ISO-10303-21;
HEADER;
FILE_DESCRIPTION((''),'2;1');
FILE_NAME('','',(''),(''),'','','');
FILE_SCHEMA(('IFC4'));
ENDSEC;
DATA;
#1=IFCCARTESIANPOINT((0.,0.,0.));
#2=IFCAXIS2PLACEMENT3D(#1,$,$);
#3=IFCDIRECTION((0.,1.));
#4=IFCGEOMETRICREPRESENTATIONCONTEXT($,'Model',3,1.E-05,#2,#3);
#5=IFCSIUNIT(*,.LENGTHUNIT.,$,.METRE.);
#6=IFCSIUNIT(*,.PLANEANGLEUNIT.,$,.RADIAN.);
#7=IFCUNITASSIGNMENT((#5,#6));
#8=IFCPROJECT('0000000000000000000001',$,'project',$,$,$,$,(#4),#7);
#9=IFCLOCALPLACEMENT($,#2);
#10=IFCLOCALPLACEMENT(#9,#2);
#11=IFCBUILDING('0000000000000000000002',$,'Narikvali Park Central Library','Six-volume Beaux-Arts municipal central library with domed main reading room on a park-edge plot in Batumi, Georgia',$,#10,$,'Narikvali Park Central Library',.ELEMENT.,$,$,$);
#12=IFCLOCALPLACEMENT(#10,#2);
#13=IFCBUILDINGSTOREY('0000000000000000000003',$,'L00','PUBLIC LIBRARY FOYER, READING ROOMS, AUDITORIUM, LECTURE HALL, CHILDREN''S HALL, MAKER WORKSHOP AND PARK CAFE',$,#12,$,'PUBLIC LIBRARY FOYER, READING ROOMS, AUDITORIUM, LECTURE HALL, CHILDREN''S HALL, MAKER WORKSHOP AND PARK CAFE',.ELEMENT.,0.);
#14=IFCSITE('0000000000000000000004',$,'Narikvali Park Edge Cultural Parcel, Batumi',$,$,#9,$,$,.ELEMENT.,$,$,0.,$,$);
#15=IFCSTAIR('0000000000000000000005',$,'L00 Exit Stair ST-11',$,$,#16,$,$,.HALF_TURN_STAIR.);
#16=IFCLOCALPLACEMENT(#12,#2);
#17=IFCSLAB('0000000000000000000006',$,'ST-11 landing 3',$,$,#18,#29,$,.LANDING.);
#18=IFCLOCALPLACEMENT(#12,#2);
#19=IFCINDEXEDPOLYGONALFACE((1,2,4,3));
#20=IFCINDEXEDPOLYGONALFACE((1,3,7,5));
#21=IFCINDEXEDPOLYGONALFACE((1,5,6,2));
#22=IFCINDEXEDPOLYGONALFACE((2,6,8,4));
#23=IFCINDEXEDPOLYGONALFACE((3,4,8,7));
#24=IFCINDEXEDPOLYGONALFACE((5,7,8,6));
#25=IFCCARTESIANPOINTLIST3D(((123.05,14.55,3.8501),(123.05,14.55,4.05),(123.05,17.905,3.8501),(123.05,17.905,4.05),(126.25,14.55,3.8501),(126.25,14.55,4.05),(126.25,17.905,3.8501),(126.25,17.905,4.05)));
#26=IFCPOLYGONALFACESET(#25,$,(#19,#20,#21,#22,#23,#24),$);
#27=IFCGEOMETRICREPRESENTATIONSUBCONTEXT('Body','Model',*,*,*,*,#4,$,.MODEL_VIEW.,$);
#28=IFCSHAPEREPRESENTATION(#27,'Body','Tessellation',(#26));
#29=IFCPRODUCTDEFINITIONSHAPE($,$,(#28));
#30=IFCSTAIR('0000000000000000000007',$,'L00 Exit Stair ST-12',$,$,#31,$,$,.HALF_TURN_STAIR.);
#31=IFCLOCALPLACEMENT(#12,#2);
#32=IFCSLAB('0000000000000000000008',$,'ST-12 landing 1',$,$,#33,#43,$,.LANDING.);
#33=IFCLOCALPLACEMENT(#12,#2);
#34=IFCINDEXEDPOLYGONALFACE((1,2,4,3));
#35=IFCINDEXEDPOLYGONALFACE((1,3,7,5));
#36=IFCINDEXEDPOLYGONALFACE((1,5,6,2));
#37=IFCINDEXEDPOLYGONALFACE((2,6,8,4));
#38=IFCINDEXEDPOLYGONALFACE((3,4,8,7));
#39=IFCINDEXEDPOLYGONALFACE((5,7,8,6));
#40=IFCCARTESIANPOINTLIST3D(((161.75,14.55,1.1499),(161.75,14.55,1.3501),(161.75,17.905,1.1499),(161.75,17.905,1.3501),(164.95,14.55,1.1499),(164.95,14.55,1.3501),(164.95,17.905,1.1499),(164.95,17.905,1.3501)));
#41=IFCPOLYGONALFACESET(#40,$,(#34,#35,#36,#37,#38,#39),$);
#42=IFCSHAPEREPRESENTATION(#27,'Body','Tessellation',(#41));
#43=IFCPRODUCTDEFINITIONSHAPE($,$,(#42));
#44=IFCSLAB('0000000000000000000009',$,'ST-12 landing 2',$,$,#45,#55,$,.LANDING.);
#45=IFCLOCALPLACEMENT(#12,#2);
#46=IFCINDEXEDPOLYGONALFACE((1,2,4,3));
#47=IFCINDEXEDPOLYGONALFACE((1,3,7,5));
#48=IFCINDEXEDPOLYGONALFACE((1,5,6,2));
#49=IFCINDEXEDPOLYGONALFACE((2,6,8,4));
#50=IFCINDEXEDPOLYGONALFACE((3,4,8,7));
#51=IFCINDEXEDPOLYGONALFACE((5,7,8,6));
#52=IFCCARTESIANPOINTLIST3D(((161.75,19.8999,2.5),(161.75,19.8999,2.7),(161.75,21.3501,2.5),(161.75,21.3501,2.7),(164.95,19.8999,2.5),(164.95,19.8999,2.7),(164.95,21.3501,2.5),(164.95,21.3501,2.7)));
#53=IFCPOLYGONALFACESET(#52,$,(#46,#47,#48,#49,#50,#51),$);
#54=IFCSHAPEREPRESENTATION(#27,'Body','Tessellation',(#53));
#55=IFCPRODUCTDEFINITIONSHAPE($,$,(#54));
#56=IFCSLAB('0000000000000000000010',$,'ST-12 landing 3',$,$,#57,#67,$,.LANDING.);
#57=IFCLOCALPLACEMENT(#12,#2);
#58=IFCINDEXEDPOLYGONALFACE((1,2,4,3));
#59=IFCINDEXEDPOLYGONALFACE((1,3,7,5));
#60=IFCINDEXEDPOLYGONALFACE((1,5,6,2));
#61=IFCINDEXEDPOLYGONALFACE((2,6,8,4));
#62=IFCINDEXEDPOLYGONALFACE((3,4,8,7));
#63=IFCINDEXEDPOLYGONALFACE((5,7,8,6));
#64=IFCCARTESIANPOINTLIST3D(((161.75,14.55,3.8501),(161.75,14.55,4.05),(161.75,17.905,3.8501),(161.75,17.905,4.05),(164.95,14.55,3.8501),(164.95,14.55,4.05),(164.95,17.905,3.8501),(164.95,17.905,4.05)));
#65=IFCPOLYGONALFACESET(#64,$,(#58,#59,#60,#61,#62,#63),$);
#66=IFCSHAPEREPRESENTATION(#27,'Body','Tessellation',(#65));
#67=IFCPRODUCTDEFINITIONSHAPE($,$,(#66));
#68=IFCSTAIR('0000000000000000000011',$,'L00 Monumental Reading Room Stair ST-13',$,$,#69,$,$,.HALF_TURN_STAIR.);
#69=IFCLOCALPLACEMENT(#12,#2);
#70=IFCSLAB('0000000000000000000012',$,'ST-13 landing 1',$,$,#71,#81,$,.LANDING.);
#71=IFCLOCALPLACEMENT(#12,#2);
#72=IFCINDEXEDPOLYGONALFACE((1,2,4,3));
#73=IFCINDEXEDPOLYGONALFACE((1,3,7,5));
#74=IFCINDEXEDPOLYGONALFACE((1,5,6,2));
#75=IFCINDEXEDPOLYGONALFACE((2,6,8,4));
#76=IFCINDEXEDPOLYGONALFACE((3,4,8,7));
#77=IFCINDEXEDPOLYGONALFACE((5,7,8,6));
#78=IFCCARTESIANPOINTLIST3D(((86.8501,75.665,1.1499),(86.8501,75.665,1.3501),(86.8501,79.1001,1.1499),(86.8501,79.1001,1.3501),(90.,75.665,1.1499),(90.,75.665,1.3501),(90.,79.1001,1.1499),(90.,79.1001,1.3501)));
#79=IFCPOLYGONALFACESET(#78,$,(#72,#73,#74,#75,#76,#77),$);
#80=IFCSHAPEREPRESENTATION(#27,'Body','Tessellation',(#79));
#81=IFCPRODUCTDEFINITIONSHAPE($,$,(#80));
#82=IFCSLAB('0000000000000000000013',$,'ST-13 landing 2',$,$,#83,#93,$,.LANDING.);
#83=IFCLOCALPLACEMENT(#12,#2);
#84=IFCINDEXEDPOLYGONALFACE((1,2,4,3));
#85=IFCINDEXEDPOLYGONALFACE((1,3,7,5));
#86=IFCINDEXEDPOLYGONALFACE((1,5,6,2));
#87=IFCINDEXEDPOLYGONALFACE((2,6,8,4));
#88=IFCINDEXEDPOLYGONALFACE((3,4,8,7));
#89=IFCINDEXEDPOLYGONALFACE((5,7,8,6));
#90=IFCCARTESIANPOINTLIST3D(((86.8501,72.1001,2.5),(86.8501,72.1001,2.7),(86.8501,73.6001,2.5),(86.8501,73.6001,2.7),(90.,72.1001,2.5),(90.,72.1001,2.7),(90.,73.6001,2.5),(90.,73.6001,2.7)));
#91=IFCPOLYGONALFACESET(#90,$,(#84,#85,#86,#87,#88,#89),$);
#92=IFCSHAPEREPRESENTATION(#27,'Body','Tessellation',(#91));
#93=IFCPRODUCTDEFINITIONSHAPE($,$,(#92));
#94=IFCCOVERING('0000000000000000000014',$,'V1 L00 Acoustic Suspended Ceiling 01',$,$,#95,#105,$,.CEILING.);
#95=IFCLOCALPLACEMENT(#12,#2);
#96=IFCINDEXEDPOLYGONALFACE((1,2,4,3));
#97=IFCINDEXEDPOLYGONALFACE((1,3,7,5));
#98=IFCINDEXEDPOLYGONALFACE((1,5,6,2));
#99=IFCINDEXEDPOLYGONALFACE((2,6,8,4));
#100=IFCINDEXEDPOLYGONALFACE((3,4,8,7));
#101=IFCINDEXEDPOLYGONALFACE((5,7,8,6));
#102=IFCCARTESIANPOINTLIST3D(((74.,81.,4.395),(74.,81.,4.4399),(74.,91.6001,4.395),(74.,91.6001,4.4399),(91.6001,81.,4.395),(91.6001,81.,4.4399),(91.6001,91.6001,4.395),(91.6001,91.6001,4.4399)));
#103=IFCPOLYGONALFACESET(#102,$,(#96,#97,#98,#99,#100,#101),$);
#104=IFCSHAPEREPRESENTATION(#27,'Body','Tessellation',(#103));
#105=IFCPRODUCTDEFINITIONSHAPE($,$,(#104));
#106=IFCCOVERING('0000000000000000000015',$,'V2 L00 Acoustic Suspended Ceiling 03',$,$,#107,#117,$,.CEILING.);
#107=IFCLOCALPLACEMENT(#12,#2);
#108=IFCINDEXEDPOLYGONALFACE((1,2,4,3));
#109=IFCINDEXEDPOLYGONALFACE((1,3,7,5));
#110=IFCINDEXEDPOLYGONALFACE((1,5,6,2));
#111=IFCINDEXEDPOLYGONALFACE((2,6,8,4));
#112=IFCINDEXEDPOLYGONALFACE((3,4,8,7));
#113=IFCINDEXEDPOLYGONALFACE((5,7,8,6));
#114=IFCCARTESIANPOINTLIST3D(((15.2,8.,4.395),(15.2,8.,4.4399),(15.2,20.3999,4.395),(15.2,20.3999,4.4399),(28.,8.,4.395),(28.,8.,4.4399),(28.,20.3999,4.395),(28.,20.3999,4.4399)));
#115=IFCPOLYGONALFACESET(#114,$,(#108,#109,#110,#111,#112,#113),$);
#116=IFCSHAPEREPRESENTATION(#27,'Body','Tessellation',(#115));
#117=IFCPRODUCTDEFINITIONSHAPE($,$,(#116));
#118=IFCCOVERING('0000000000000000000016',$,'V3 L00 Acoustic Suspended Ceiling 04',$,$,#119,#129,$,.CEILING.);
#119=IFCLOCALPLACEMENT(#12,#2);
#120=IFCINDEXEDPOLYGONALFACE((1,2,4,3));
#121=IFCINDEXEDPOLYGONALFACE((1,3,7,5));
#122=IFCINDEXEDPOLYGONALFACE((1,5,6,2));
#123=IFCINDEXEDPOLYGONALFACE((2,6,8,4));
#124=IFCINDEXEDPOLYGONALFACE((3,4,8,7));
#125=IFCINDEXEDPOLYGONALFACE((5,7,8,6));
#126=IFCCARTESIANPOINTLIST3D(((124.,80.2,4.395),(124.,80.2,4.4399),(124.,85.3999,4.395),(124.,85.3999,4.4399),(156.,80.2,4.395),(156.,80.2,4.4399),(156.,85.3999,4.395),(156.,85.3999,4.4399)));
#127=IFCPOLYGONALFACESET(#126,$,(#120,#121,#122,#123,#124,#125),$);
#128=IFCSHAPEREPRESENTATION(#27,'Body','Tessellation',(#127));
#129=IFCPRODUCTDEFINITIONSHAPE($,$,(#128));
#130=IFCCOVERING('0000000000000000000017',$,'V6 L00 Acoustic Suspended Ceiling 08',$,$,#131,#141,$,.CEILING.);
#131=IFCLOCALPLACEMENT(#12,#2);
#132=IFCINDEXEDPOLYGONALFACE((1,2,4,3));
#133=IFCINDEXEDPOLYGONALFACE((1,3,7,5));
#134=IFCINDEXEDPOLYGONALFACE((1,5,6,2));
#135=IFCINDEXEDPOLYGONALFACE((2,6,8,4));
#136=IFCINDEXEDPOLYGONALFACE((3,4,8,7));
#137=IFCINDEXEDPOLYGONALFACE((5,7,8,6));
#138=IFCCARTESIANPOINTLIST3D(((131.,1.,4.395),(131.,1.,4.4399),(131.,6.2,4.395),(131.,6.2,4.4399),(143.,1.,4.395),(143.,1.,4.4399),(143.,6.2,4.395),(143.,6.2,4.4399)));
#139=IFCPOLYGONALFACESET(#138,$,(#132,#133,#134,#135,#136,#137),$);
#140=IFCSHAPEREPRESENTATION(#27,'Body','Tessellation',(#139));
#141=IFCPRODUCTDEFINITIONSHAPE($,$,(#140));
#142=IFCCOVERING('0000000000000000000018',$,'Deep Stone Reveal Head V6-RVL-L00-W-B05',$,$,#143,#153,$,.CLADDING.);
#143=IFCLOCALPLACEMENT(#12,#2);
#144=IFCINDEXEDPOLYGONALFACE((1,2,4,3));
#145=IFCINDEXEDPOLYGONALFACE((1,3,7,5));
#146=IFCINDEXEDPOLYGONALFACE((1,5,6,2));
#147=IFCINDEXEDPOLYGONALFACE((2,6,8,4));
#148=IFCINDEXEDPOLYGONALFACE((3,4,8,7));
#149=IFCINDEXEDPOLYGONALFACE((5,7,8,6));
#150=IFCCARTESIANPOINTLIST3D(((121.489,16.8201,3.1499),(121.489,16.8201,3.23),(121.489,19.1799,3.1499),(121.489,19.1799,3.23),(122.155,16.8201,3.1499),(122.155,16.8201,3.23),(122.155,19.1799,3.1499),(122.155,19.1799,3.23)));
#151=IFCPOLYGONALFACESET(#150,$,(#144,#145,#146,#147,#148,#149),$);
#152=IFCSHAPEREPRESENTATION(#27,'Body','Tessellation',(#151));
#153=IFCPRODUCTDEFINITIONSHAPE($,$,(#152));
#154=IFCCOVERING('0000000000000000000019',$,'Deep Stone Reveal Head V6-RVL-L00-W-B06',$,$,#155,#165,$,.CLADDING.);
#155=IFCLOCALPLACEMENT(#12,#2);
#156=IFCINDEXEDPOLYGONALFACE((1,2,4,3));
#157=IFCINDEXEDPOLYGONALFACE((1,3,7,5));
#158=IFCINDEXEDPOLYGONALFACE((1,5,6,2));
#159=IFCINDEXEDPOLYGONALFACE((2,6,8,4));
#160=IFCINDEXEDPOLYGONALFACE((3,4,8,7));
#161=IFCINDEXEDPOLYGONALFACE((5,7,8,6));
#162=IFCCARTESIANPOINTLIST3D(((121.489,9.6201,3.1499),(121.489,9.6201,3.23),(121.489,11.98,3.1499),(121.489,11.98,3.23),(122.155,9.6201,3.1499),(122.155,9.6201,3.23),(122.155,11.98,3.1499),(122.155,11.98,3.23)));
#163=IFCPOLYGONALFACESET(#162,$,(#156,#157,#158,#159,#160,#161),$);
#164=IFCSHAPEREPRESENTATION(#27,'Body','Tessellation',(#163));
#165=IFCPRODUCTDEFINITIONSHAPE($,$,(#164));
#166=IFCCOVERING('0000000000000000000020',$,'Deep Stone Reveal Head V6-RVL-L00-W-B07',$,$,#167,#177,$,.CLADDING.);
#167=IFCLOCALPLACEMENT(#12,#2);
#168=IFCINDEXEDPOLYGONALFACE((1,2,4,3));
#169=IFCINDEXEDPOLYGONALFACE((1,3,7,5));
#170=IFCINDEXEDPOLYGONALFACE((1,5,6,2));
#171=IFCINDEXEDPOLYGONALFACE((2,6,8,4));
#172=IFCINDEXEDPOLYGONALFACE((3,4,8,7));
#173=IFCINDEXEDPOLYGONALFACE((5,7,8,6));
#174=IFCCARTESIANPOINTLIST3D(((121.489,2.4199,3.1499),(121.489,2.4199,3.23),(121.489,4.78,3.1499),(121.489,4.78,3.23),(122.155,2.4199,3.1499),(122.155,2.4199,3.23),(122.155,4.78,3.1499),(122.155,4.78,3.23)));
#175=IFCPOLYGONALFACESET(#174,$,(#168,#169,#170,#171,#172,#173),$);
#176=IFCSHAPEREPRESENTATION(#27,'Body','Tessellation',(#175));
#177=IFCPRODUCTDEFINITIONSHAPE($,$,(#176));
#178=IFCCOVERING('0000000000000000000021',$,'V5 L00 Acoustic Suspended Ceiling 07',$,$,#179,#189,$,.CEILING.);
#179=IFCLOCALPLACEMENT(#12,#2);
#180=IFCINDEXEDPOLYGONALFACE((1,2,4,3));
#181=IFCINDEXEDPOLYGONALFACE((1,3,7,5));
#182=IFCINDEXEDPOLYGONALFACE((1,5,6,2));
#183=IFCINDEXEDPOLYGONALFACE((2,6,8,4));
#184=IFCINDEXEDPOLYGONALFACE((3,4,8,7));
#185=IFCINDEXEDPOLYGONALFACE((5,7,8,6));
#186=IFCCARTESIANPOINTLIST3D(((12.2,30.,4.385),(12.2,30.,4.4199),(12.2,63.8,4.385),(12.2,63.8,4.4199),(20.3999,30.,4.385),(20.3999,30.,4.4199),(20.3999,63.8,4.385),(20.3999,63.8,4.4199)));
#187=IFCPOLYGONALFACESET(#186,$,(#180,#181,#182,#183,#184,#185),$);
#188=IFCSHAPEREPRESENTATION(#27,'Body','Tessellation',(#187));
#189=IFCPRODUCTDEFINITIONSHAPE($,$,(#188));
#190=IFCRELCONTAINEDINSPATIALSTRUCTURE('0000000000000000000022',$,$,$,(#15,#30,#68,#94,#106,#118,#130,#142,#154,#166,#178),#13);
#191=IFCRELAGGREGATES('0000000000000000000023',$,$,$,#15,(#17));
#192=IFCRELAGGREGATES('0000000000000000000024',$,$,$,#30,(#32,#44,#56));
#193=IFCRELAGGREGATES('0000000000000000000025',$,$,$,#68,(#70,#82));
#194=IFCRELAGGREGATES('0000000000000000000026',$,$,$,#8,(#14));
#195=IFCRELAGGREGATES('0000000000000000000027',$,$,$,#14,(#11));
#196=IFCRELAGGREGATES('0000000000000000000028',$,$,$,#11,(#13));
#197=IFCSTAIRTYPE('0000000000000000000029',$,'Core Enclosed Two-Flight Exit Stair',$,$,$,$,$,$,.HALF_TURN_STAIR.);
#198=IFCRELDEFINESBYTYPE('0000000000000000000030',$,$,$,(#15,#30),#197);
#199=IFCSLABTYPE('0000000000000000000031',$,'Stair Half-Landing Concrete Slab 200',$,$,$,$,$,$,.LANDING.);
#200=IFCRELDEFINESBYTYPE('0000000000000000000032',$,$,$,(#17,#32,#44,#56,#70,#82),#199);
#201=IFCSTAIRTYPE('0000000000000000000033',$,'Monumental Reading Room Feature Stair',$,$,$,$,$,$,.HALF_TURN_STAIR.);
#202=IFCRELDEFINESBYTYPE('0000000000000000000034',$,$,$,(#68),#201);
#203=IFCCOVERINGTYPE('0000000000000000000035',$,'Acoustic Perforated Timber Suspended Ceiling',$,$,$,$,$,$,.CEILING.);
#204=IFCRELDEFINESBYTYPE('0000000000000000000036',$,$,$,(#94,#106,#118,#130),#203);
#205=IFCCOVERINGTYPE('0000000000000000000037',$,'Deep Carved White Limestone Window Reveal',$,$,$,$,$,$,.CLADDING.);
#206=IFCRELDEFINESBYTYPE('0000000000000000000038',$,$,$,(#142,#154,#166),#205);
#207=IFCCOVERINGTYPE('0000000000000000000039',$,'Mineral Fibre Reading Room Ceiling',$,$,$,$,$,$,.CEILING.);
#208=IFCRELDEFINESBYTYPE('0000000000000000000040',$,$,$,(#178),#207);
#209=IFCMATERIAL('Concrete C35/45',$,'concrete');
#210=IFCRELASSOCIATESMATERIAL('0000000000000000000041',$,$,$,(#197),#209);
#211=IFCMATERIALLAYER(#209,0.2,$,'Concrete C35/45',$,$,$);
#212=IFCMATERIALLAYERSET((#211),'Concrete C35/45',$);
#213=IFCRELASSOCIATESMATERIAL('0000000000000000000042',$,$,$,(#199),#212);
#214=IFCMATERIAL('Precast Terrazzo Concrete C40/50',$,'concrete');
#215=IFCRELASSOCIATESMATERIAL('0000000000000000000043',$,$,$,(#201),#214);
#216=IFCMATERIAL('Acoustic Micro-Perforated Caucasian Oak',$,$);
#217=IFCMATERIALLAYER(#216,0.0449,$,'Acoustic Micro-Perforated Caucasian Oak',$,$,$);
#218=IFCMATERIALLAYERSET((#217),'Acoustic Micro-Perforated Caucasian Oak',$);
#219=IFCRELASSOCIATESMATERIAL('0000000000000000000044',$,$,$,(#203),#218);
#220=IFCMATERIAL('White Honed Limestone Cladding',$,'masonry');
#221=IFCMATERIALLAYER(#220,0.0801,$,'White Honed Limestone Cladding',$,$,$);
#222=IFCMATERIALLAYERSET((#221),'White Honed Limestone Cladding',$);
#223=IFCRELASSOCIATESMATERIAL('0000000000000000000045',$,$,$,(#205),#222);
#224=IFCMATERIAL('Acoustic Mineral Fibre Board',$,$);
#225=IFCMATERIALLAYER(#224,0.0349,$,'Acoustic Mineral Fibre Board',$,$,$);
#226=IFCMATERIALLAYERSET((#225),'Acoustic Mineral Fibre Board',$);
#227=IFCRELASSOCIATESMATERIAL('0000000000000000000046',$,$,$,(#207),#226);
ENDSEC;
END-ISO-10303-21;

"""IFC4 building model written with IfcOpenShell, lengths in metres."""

from ifc_helpers import new_model, si_unit, direction, frame, origin, place, context, subcontext, project, spatial, polyline, outline, extrude, material, layer, layer_set, type_object, element, aggregate, save


model = new_model("IFC4")

# Units and contexts
model_context = context("Model", 3, precision=1e-05, world=origin(), true_north=direction((0.0, 1.0)))
body_context = subcontext(model_context, "Body", "Model", "MODEL_VIEW")
ifc_project = project(units=[si_unit("LENGTHUNIT", "METRE"), si_unit("PLANEANGLEUNIT", "RADIAN")], contexts=[model_context])

# Site, building, storey
site_placement = place(None, origin())
site = spatial("IfcSite", under=ifc_project, at=site_placement, Name="Narikvali Park Edge Cultural Parcel, Batumi", CompositionType="ELEMENT", RefElevation=0.0)
building_placement = place(site_placement, origin())
building = spatial("IfcBuilding", under=site, at=building_placement, Name="Narikvali Park Central Library", Description="Six-volume Beaux-Arts municipal central library with domed main reading room on a park-edge plot in Batumi, Georgia", LongName="Narikvali Park Central Library", CompositionType="ELEMENT")
storey_placement = place(building_placement, origin())
storey = spatial("IfcBuildingStorey", under=building, at=storey_placement, Name="L00", Description="PUBLIC LIBRARY FOYER, READING ROOMS, AUDITORIUM, LECTURE HALL, CHILDREN'S HALL, MAKER WORKSHOP AND PARK CAFE", LongName="PUBLIC LIBRARY FOYER, READING ROOMS, AUDITORIUM, LECTURE HALL, CHILDREN'S HALL, MAKER WORKSHOP AND PARK CAFE", CompositionType="ELEMENT", Elevation=0.0)

# Shared definitions
ifc_material_1 = material(Name="Concrete C35/45", Category="concrete")
stair_type_1 = type_object("IfcStairType", Name="Core Enclosed Two-Flight Exit Stair", PredefinedType="HALF_TURN_STAIR", material=ifc_material_1)
ifc_layer_1 = layer(ifc_material_1, 0.2, Name="Concrete C35/45")
ifc_layer_set_1 = layer_set([ifc_layer_1], Name="Concrete C35/45")
slab_type = type_object("IfcSlabType", Name="Stair Half-Landing Concrete Slab 200", PredefinedType="LANDING", material=ifc_layer_set_1)

# Stairs, slabs
stair_1_placement = place(storey_placement, origin())
stair_1 = element("IfcStair", 1, at=stair_1_placement, inside=storey, type_object=stair_type_1, Name="L00 Exit Stair ST-11", PredefinedType="HALF_TURN_STAIR")
slab_1_placement = place(storey_placement, frame((0.0, 0.0, 3.8501)))
slab_1 = element("IfcSlab", 2, at=slab_1_placement, type_object=slab_type, Name="ST-11 landing 3", PredefinedType="LANDING", context=body_context, shape_type="SweptSolid", body=[
    extrude(outline(polyline([(123.05, 17.905), (123.05, 14.55), (126.25, 14.55), (126.25, 17.905), (123.05, 17.905)])), origin(), (0.0, 0.0, 1.0), 0.2),
])
aggregate(stair_1, [slab_1])
stair_2_placement = place(storey_placement, origin())
stair_2 = element("IfcStair", 3, at=stair_2_placement, inside=storey, type_object=stair_type_1, Name="L00 Exit Stair ST-12", PredefinedType="HALF_TURN_STAIR")
slab_2_placement = place(storey_placement, frame((0.0, 0.0, 1.1499)))
slab_2 = element("IfcSlab", 4, at=slab_2_placement, type_object=slab_type, Name="ST-12 landing 1", PredefinedType="LANDING", context=body_context, shape_type="SweptSolid", body=[
    extrude(outline(polyline([(161.75, 17.905), (161.75, 14.55), (164.95, 14.55), (164.95, 17.905), (161.75, 17.905)])), origin(), (0.0, 0.0, 1.0), 0.2002),
])
slab_3_placement = place(storey_placement, frame((0.0, 0.0, 2.5)))
slab_3 = element("IfcSlab", 5, at=slab_3_placement, type_object=slab_type, Name="ST-12 landing 2", PredefinedType="LANDING", context=body_context, shape_type="SweptSolid", body=[
    extrude(outline(polyline([(161.75, 21.3501), (161.75, 19.8999), (164.95, 19.8999), (164.95, 21.3501), (161.75, 21.3501)])), origin(), (0.0, 0.0, 1.0), 0.2),
])
slab_4_placement = place(storey_placement, frame((0.0, 0.0, 3.8501)))
slab_4 = element("IfcSlab", 6, at=slab_4_placement, type_object=slab_type, Name="ST-12 landing 3", PredefinedType="LANDING", context=body_context, shape_type="SweptSolid", body=[
    extrude(outline(polyline([(161.75, 17.905), (161.75, 14.55), (164.95, 14.55), (164.95, 17.905), (161.75, 17.905)])), origin(), (0.0, 0.0, 1.0), 0.2),
])
aggregate(stair_2, [slab_2, slab_3, slab_4])
ifc_material_2 = material(Name="Precast Terrazzo Concrete C40/50", Category="concrete")
stair_type_2 = type_object("IfcStairType", Name="Monumental Reading Room Feature Stair", PredefinedType="HALF_TURN_STAIR", material=ifc_material_2)
stair_3_placement = place(storey_placement, origin())
stair_3 = element("IfcStair", 7, at=stair_3_placement, inside=storey, type_object=stair_type_2, Name="L00 Monumental Reading Room Stair ST-13", PredefinedType="HALF_TURN_STAIR")
slab_5_placement = place(storey_placement, frame((0.0, 0.0, 1.1499)))
slab_5 = element("IfcSlab", 8, at=slab_5_placement, type_object=slab_type, Name="ST-13 landing 1", PredefinedType="LANDING", context=body_context, shape_type="SweptSolid", body=[
    extrude(outline(polyline([(90.0, 75.665), (90.0, 79.1001), (86.8501, 79.1001), (86.8501, 75.665), (90.0, 75.665)])), origin(), (0.0, 0.0, 1.0), 0.2002),
])
slab_6_placement = place(storey_placement, frame((0.0, 0.0, 2.5)))
slab_6 = element("IfcSlab", 9, at=slab_6_placement, type_object=slab_type, Name="ST-13 landing 2", PredefinedType="LANDING", context=body_context, shape_type="SweptSolid", body=[
    extrude(outline(polyline([(90.0, 72.1001), (90.0, 73.6001), (86.8501, 73.6001), (86.8501, 72.1001), (90.0, 72.1001)])), origin(), (0.0, 0.0, 1.0), 0.2),
])
aggregate(stair_3, [slab_5, slab_6])

# Coverings
ifc_material_3 = material(Name="Acoustic Micro-Perforated Caucasian Oak")
ifc_layer_2 = layer(ifc_material_3, 0.0449, Name="Acoustic Micro-Perforated Caucasian Oak")
ifc_layer_set_2 = layer_set([ifc_layer_2], Name="Acoustic Micro-Perforated Caucasian Oak")
covering_type_1 = type_object("IfcCoveringType", Name="Acoustic Perforated Timber Suspended Ceiling", PredefinedType="CEILING", material=ifc_layer_set_2)
covering_1_placement = place(storey_placement, frame((0.0, 0.0, 4.395)))
element("IfcCovering", 10, at=covering_1_placement, inside=storey, type_object=covering_type_1, Name="V1 L00 Acoustic Suspended Ceiling 01", PredefinedType="CEILING", context=body_context, shape_type="SweptSolid", body=[
    extrude(outline(polyline([(74.0, 81.0), (91.6001, 81.0), (91.6001, 91.6001), (74.0, 91.6001), (74.0, 81.0)])), origin(), (0.0, 0.0, 1.0), 0.0449),
])
covering_2_placement = place(storey_placement, frame((0.0, 0.0, 4.395)))
element("IfcCovering", 11, at=covering_2_placement, inside=storey, type_object=covering_type_1, Name="V2 L00 Acoustic Suspended Ceiling 03", PredefinedType="CEILING", context=body_context, shape_type="SweptSolid", body=[
    extrude(outline(polyline([(15.2, 8.0), (28.0, 8.0), (28.0, 20.3999), (15.2, 20.3999), (15.2, 8.0)])), origin(), (0.0, 0.0, 1.0), 0.0449),
])
covering_3_placement = place(storey_placement, frame((0.0, 0.0, 4.395)))
element("IfcCovering", 12, at=covering_3_placement, inside=storey, type_object=covering_type_1, Name="V3 L00 Acoustic Suspended Ceiling 04", PredefinedType="CEILING", context=body_context, shape_type="SweptSolid", body=[
    extrude(outline(polyline([(124.0, 80.2), (156.0, 80.2), (156.0, 85.3999), (124.0, 85.3999), (124.0, 80.2)])), origin(), (0.0, 0.0, 1.0), 0.0449),
])
covering_4_placement = place(storey_placement, frame((0.0, 0.0, 4.395)))
element("IfcCovering", 13, at=covering_4_placement, inside=storey, type_object=covering_type_1, Name="V6 L00 Acoustic Suspended Ceiling 08", PredefinedType="CEILING", context=body_context, shape_type="SweptSolid", body=[
    extrude(outline(polyline([(131.0, 1.0), (143.0, 1.0), (143.0, 6.2), (131.0, 6.2), (131.0, 1.0)])), origin(), (0.0, 0.0, 1.0), 0.0449),
])
ifc_material_4 = material(Name="White Honed Limestone Cladding", Category="masonry")
ifc_layer_3 = layer(ifc_material_4, 0.0801, Name="White Honed Limestone Cladding")
ifc_layer_set_3 = layer_set([ifc_layer_3], Name="White Honed Limestone Cladding")
covering_type_2 = type_object("IfcCoveringType", Name="Deep Carved White Limestone Window Reveal", PredefinedType="CLADDING", material=ifc_layer_set_3)
covering_5_placement = place(storey_placement, frame((0.0, 0.0, 3.1499)))
element("IfcCovering", 14, at=covering_5_placement, inside=storey, type_object=covering_type_2, Name="Deep Stone Reveal Head V6-RVL-L00-W-B05", PredefinedType="CLADDING", context=body_context, shape_type="SweptSolid", body=[
    extrude(outline(polyline([(122.155, 19.1799), (122.155, 16.8201), (121.489, 16.8201), (121.489, 19.1799), (122.155, 19.1799)])), origin(), (0.0, 0.0, 1.0), 0.0801),
])
covering_6_placement = place(storey_placement, frame((0.0, 0.0, 3.1499)))
element("IfcCovering", 15, at=covering_6_placement, inside=storey, type_object=covering_type_2, Name="Deep Stone Reveal Head V6-RVL-L00-W-B06", PredefinedType="CLADDING", context=body_context, shape_type="SweptSolid", body=[
    extrude(outline(polyline([(122.155, 11.98), (122.155, 9.6201), (121.489, 9.6201), (121.489, 11.98), (122.155, 11.98)])), origin(), (0.0, 0.0, 1.0), 0.0801),
])
covering_7_placement = place(storey_placement, frame((0.0, 0.0, 3.1499)))
element("IfcCovering", 16, at=covering_7_placement, inside=storey, type_object=covering_type_2, Name="Deep Stone Reveal Head V6-RVL-L00-W-B07", PredefinedType="CLADDING", context=body_context, shape_type="SweptSolid", body=[
    extrude(outline(polyline([(122.155, 4.78), (122.155, 2.4199), (121.489, 2.4199), (121.489, 4.78), (122.155, 4.78)])), origin(), (0.0, 0.0, 1.0), 0.0801),
])
ifc_material_5 = material(Name="Acoustic Mineral Fibre Board")
ifc_layer_4 = layer(ifc_material_5, 0.0349, Name="Acoustic Mineral Fibre Board")
ifc_layer_set_4 = layer_set([ifc_layer_4], Name="Acoustic Mineral Fibre Board")
covering_type_3 = type_object("IfcCoveringType", Name="Mineral Fibre Reading Room Ceiling", PredefinedType="CEILING", material=ifc_layer_set_4)
covering_8_placement = place(storey_placement, frame((0.0, 0.0, 4.385)))
element("IfcCovering", 17, at=covering_8_placement, inside=storey, type_object=covering_type_3, Name="V5 L00 Acoustic Suspended Ceiling 07", PredefinedType="CEILING", context=body_context, shape_type="SweptSolid", body=[
    extrude(outline(polyline([(12.2, 30.0), (20.3999, 30.0), (20.3999, 63.8), (12.2, 63.8), (12.2, 30.0)])), origin(), (0.0, 0.0, 1.0), 0.0349),
])

save(model, "model.ifc")
